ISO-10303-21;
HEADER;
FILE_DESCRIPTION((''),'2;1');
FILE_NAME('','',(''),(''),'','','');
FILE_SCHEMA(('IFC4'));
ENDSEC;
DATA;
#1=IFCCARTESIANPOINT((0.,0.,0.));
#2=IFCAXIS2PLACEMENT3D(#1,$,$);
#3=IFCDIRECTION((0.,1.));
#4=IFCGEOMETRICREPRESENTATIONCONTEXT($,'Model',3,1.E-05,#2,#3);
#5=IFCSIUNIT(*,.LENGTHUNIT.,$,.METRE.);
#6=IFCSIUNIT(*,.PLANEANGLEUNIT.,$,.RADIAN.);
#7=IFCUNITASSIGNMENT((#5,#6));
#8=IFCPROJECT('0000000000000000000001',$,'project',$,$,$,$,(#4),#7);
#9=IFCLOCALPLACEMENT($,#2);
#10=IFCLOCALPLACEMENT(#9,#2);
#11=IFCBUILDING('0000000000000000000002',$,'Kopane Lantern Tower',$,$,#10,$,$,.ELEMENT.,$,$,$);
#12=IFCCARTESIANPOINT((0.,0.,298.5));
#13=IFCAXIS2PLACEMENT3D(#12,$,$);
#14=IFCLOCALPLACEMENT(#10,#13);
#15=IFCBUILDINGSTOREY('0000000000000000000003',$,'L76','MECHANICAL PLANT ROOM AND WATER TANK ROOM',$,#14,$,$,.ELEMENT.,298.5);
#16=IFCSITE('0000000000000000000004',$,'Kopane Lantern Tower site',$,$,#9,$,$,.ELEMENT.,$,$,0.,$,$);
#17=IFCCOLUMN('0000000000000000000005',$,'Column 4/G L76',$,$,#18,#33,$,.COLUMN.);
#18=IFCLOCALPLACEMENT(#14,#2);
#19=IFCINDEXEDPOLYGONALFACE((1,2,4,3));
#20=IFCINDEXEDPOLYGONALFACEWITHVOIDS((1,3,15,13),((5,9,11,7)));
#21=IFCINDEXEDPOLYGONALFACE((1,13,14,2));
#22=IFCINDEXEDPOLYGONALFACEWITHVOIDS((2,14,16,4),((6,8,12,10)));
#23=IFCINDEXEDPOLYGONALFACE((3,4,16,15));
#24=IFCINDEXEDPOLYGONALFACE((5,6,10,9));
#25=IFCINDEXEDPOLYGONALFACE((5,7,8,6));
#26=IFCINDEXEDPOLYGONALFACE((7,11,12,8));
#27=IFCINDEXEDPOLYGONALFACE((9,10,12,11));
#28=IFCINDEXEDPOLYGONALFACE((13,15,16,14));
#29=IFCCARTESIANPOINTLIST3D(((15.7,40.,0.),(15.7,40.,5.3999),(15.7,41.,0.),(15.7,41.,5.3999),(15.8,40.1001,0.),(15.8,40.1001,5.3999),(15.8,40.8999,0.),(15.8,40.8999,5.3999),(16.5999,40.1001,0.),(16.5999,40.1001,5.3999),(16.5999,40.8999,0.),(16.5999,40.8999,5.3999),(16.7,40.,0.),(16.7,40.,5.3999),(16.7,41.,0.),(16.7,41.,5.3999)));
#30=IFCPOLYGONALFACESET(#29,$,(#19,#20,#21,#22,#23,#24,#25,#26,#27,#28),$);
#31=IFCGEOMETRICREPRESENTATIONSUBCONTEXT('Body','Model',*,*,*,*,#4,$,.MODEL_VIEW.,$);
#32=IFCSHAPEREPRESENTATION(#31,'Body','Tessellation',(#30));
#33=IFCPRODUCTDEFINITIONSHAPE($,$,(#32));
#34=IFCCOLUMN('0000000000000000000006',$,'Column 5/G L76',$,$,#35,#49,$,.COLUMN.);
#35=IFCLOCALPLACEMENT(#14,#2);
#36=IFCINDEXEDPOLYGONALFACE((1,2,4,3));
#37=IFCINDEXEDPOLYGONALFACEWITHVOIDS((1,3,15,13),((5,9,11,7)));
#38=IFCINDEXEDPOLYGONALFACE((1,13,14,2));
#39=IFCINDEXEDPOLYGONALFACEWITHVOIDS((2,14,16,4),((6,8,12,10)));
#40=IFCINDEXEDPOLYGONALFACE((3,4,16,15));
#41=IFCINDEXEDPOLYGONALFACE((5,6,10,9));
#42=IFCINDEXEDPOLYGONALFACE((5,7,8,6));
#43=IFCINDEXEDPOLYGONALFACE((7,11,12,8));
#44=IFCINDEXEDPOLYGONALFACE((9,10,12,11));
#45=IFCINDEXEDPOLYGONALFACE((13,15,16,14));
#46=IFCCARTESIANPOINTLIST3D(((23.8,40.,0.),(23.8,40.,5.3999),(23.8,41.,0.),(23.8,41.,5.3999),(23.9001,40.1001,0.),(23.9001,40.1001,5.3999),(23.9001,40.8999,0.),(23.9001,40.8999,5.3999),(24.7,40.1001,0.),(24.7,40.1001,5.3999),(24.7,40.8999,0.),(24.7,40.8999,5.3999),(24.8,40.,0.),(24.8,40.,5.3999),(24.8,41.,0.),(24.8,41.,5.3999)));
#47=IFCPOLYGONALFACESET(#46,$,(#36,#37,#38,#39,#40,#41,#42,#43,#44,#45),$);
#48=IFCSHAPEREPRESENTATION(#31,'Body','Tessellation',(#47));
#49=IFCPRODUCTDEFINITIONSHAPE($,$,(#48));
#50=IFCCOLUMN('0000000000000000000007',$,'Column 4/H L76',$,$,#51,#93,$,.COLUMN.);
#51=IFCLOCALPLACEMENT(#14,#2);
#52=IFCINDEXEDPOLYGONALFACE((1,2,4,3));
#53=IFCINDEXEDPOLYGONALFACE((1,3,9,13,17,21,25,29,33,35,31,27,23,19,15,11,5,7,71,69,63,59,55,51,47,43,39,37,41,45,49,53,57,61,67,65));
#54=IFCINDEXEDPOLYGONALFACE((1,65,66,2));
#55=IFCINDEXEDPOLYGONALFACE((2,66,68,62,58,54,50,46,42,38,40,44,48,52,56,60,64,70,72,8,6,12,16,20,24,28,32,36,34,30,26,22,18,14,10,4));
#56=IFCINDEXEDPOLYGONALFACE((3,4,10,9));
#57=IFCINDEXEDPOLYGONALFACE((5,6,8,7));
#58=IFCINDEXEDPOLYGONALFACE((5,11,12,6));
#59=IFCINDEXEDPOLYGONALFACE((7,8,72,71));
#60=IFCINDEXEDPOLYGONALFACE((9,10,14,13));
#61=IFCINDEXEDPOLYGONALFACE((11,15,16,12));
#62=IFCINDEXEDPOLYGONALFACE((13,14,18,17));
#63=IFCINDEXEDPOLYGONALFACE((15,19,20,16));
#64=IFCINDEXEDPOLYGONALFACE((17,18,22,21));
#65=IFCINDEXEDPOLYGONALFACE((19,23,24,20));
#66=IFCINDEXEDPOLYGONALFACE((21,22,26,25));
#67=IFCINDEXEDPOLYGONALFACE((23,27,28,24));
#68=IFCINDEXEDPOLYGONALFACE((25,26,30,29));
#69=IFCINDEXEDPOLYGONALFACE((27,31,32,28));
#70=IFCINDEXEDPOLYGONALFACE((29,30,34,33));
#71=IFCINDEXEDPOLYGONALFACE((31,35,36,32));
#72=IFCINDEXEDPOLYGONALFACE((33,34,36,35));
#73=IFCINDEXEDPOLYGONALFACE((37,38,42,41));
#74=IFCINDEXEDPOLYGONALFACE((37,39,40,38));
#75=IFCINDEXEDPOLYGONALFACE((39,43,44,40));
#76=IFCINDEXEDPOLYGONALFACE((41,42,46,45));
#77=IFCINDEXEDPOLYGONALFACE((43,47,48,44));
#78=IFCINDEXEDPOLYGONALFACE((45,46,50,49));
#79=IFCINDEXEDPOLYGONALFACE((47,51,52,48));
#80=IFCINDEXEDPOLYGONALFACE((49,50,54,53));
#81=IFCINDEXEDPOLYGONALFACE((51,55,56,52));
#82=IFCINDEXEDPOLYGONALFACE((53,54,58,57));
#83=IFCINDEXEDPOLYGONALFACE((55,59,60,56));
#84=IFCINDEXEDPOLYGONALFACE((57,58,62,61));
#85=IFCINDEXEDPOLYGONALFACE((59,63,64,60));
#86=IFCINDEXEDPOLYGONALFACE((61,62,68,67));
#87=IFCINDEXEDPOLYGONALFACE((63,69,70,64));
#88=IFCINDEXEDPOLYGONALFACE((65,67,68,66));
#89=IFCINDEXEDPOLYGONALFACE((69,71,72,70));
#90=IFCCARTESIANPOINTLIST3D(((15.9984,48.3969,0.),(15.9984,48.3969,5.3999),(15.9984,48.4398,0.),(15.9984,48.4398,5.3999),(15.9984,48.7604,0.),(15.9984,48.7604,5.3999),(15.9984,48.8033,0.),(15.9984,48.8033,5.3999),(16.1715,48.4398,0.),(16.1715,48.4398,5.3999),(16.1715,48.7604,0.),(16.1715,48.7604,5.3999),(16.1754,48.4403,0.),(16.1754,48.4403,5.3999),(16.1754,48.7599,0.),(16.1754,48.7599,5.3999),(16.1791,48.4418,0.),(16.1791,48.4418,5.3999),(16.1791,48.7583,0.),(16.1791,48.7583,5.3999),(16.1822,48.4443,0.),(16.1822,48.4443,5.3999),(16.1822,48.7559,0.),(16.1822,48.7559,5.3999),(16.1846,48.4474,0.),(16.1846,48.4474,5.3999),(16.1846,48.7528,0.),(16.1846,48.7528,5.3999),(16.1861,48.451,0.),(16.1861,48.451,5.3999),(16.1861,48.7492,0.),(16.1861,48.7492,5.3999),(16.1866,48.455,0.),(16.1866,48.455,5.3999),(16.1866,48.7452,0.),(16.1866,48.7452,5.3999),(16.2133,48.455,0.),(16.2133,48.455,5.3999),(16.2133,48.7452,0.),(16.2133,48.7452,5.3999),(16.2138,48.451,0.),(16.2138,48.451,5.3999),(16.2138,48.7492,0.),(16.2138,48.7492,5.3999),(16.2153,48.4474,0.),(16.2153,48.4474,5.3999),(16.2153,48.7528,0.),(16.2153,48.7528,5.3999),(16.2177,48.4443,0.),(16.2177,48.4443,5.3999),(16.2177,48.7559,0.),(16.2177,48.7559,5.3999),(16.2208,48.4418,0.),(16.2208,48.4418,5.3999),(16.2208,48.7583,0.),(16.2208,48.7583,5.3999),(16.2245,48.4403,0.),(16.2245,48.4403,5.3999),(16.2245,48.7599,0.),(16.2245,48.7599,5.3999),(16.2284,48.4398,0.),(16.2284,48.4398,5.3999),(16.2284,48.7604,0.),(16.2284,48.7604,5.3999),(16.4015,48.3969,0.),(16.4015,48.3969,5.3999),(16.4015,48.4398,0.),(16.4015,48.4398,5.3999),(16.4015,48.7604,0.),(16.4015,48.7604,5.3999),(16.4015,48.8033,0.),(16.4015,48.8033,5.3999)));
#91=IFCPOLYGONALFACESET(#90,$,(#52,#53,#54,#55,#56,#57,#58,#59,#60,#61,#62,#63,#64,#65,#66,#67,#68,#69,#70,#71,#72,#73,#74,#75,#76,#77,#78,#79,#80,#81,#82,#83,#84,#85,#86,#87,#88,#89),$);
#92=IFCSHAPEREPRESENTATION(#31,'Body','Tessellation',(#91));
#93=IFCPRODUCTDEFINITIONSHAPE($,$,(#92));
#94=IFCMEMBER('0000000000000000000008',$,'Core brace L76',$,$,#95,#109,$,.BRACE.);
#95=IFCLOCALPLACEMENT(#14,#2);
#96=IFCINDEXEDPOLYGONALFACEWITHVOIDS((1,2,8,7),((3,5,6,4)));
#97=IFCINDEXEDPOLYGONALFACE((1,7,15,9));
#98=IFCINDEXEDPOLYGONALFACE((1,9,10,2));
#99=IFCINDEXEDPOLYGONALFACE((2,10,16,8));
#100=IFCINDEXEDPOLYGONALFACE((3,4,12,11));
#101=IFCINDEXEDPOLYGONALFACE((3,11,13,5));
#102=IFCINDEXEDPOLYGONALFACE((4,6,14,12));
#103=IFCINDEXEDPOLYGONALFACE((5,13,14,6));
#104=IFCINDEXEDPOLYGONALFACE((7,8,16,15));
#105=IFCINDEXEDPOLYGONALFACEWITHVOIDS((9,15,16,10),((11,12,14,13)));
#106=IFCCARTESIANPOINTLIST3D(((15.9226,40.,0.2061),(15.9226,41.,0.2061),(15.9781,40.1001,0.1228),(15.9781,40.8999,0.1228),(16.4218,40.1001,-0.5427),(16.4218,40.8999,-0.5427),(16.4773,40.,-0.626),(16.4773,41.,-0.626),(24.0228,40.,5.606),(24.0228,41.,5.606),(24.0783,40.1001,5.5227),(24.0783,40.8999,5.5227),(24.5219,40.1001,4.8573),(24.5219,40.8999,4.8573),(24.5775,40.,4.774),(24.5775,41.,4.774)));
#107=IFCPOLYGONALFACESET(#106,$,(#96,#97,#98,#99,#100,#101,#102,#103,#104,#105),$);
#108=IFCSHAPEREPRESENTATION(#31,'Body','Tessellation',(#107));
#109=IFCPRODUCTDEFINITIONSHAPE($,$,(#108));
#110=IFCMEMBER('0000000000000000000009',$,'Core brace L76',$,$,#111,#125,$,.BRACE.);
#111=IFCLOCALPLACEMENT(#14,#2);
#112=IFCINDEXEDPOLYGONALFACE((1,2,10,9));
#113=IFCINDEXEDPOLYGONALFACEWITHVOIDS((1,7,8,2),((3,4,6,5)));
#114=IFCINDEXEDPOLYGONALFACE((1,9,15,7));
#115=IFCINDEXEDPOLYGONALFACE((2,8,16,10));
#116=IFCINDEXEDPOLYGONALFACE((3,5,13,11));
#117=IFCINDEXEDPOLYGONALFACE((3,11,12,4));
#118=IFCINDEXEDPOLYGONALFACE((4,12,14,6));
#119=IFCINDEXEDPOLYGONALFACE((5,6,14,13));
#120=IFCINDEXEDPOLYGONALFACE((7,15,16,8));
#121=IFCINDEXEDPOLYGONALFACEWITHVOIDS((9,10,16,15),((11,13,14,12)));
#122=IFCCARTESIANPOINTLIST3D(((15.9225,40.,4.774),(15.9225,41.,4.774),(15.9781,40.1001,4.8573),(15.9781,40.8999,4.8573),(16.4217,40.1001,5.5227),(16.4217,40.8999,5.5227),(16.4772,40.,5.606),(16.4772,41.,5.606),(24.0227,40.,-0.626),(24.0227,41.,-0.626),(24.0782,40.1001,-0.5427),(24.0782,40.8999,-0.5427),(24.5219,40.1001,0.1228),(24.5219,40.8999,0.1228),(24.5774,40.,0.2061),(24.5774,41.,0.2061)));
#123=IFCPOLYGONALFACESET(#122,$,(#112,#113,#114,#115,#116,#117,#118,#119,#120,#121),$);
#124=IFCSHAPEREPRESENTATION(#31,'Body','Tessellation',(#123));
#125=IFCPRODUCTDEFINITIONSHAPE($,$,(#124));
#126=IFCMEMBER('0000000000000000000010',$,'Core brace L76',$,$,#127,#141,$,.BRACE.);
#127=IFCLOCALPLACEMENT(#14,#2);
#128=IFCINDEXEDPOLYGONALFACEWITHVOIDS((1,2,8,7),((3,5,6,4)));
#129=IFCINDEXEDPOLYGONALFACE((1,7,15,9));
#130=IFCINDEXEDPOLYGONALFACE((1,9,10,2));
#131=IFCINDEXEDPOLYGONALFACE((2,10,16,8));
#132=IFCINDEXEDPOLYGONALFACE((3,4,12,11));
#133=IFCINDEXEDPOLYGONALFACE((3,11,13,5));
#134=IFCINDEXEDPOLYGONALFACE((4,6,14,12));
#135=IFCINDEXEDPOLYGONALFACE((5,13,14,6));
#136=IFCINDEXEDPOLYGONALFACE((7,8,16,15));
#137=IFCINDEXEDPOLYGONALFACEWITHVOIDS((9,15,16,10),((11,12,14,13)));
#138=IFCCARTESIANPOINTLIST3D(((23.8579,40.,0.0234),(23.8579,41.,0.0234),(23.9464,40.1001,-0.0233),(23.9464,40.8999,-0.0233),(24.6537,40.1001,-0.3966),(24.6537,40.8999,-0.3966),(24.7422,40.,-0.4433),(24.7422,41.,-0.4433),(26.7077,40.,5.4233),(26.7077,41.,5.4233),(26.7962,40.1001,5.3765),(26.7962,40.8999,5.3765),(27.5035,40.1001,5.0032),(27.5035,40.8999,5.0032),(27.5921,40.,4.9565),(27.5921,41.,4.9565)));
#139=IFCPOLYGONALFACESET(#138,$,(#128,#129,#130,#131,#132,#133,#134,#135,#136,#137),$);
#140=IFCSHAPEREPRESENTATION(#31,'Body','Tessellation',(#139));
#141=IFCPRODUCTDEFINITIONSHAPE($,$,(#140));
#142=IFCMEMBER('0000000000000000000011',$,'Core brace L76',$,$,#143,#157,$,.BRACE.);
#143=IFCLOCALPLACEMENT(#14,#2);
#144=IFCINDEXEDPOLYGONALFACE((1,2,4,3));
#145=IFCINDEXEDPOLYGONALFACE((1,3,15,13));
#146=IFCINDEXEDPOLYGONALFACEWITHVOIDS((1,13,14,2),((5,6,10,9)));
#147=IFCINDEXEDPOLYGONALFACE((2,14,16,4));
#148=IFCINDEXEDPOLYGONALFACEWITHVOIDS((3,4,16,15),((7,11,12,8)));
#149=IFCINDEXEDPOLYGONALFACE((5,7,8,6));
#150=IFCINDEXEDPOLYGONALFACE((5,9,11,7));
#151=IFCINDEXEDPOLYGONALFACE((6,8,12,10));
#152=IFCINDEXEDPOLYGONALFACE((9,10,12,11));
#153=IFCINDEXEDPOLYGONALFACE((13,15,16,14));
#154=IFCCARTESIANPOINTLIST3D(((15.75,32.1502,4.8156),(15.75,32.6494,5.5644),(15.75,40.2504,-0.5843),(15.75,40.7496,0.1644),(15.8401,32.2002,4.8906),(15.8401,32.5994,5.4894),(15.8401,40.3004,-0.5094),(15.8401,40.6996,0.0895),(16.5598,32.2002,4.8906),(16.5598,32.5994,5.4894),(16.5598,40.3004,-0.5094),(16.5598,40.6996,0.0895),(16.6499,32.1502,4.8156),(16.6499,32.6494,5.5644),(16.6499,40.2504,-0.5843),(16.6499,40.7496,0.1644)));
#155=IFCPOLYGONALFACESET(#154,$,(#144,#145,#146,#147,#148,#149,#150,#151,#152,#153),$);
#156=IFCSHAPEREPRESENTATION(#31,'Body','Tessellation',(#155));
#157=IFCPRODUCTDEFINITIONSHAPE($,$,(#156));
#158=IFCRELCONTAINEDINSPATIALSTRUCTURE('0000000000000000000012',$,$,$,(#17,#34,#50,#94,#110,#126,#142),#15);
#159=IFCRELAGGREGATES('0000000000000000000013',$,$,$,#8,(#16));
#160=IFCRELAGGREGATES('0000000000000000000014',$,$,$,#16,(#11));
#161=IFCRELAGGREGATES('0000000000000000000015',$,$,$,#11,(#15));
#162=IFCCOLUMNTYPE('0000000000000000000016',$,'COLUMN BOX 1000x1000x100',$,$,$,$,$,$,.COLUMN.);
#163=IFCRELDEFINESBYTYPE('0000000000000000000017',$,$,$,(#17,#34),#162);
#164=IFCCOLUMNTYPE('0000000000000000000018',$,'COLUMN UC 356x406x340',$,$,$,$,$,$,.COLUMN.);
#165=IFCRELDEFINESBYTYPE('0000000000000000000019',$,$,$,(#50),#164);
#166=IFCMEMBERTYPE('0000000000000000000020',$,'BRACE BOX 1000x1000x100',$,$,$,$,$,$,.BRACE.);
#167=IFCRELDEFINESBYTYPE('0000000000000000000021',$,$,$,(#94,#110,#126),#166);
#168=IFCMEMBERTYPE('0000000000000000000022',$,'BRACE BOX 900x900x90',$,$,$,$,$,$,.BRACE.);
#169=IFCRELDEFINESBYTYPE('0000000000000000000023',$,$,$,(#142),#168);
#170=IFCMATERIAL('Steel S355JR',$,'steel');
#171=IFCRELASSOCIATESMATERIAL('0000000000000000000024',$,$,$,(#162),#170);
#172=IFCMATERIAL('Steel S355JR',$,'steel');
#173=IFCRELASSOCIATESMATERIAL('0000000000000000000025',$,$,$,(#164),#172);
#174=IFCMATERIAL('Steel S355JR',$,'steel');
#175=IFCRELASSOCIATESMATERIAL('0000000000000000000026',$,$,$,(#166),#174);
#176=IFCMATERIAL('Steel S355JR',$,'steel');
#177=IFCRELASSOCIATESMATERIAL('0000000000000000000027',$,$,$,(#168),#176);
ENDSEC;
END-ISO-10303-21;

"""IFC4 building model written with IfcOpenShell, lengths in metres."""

from ifc_helpers import new_model, si_unit, direction, frame, origin, origin_2d, place, context, subcontext, project, spatial, hollow_rectangle, i_section, extrude, material, material_profile, profile_set, type_object, element, save


model = new_model("IFC4")

# Units and contexts
model_context = context("Model", 3, precision=1e-05, world=origin(), true_north=direction((0.0, 1.0)))
body_context = subcontext(model_context, "Body", "Model", "MODEL_VIEW")
ifc_project = project(units=[si_unit("LENGTHUNIT", "METRE"), si_unit("PLANEANGLEUNIT", "RADIAN")], contexts=[model_context])

# Site, building, storey
site_placement = place(None, origin())
site = spatial("IfcSite", under=ifc_project, at=site_placement, Name="Kopane Lantern Tower site", CompositionType="ELEMENT", RefElevation=0.0)
building_placement = place(site_placement, origin())
building = spatial("IfcBuilding", under=site, at=building_placement, Name="Kopane Lantern Tower", CompositionType="ELEMENT")
storey_placement = place(building_placement, frame((0.0, 0.0, 298.5)))
storey = spatial("IfcBuildingStorey", under=building, at=storey_placement, Name="L76", Description="MECHANICAL PLANT ROOM AND WATER TANK ROOM", CompositionType="ELEMENT", Elevation=298.5)

# Columns
ifc_material_1 = material(Name="Steel S355JR", Category="steel")
ifc_material_profile_1 = material_profile(ifc_material_1, hollow_rectangle(XDim=1.0, YDim=1.0, WallThickness=0.1001, at=origin_2d()), Name="BOX 1000x1000x100")
ifc_profile_set_1 = profile_set([ifc_material_profile_1], Name="Steel S355JR")
column_type_1 = type_object("IfcColumnType", Name="COLUMN BOX 1000x1000x100", PredefinedType="COLUMN", material=ifc_profile_set_1)
for number, where, z_axis, x_axis, name in (
    (1, (16.2, 40.5, 0.0), (0.0, 0.0, 1.0), (1.0, 0.0, 0.0), "Column 4/G L76"),
    (2, (24.3, 40.5, 0.0), (0.0, 0.0, 1.0), (1.0, 0.0, 0.0), "Column 5/G L76"),
):
    element("IfcColumn", number, at=place(storey_placement, frame(where, z_axis=z_axis, x_axis=x_axis)), inside=storey, type_object=column_type_1, Name=name, PredefinedType="COLUMN", context=body_context, shape_type="SweptSolid", body=[
        extrude(hollow_rectangle(XDim=1.0, YDim=1.0, WallThickness=0.1001, at=origin_2d()), origin(), (0.0, 0.0, 1.0), 5.3999),
    ])
ifc_material_2 = material(Name="Steel S355JR", Category="steel")
ifc_material_profile_2 = material_profile(ifc_material_2, i_section(OverallWidth=0.4031, OverallDepth=0.4065, WebThickness=0.0266, FlangeThickness=0.043, FilletRadius=0.0151, at=origin_2d()), Name="UC 356x406x340")
ifc_profile_set_2 = profile_set([ifc_material_profile_2], Name="Steel S355JR")
column_type_2 = type_object("IfcColumnType", Name="COLUMN UC 356x406x340", PredefinedType="COLUMN", material=ifc_profile_set_2)
column_placement = place(storey_placement, frame((16.2, 48.6001, 0.0), z_axis=(0.0, 0.0, 1.0), x_axis=(1.0, 0.0, 0.0)))
element("IfcColumn", 3, at=column_placement, inside=storey, type_object=column_type_2, Name="Column 4/H L76", PredefinedType="COLUMN", context=body_context, shape_type="SweptSolid", body=[
    extrude(i_section(OverallWidth=0.4031, OverallDepth=0.4065, WebThickness=0.0266, FlangeThickness=0.043, FilletRadius=0.0151, at=origin_2d()), origin(), (0.0, 0.0, 1.0), 5.3999),
])

# Members
ifc_material_3 = material(Name="Steel S355JR", Category="steel")
ifc_material_profile_3 = material_profile(ifc_material_3, hollow_rectangle(XDim=1.0, YDim=1.0, WallThickness=0.1001, at=origin_2d()), Name="BOX 1000x1000x100")
ifc_profile_set_3 = profile_set([ifc_material_profile_3], Name="Steel S355JR")
member_type_1 = type_object("IfcMemberType", Name="BRACE BOX 1000x1000x100", PredefinedType="BRACE", material=ifc_profile_set_3)
for number, where, z_axis, x_axis, name in (
    (4, (16.2, 40.5, -0.21), (0.832058, 0.0, 0.554689), (0.0, 1.0, 0.0), "Core brace L76"),
    (5, (24.3, 40.5, -0.21), (-0.832058, 0.0, 0.554689), (0.0, -1.0, 0.0), "Core brace L76"),
):
    element("IfcMember", number, at=place(storey_placement, frame(where, z_axis=z_axis, x_axis=x_axis)), inside=storey, type_object=member_type_1, Name=name, PredefinedType="BRACE", context=body_context, shape_type="SweptSolid", body=[
        extrude(hollow_rectangle(XDim=1.0, YDim=1.0, WallThickness=0.1001, at=origin_2d()), origin(), (0.0, 0.0, 1.0), 9.7351),
    ])
member_1_placement = place(storey_placement, frame((24.3, 40.5, -0.21), z_axis=(0.466746, 0.0, 0.884391), x_axis=(0.0, 1.0, 0.0)))
element("IfcMember", 6, at=member_1_placement, inside=storey, type_object=member_type_1, Name="Core brace L76", PredefinedType="BRACE", context=body_context, shape_type="SweptSolid", body=[
    extrude(hollow_rectangle(XDim=1.0, YDim=1.0, WallThickness=0.1001, at=origin_2d()), origin(), (0.0, 0.0, 1.0), 6.1057),
])
ifc_material_4 = material(Name="Steel S355JR", Category="steel")
ifc_material_profile_4 = material_profile(ifc_material_4, hollow_rectangle(XDim=0.8999, YDim=0.8999, WallThickness=0.0901, at=origin_2d()), Name="BOX 900x900x90")
ifc_profile_set_4 = profile_set([ifc_material_profile_4], Name="Steel S355JR")
member_type_2 = type_object("IfcMemberType", Name="BRACE BOX 900x900x90", PredefinedType="BRACE", material=ifc_profile_set_4)
member_2_placement = place(storey_placement, frame((16.2, 40.5, -0.21), z_axis=(0.0, -0.832058, 0.554689), x_axis=(1.0, 0.0, 0.0)))
element("IfcMember", 7, at=member_2_placement, inside=storey, type_object=member_type_2, Name="Core brace L76", PredefinedType="BRACE", context=body_context, shape_type="SweptSolid", body=[
    extrude(hollow_rectangle(XDim=0.8999, YDim=0.8999, WallThickness=0.0901, at=origin_2d()), origin(), (0.0, 0.0, 1.0), 9.7351),
])

save(model, "model.ifc")
